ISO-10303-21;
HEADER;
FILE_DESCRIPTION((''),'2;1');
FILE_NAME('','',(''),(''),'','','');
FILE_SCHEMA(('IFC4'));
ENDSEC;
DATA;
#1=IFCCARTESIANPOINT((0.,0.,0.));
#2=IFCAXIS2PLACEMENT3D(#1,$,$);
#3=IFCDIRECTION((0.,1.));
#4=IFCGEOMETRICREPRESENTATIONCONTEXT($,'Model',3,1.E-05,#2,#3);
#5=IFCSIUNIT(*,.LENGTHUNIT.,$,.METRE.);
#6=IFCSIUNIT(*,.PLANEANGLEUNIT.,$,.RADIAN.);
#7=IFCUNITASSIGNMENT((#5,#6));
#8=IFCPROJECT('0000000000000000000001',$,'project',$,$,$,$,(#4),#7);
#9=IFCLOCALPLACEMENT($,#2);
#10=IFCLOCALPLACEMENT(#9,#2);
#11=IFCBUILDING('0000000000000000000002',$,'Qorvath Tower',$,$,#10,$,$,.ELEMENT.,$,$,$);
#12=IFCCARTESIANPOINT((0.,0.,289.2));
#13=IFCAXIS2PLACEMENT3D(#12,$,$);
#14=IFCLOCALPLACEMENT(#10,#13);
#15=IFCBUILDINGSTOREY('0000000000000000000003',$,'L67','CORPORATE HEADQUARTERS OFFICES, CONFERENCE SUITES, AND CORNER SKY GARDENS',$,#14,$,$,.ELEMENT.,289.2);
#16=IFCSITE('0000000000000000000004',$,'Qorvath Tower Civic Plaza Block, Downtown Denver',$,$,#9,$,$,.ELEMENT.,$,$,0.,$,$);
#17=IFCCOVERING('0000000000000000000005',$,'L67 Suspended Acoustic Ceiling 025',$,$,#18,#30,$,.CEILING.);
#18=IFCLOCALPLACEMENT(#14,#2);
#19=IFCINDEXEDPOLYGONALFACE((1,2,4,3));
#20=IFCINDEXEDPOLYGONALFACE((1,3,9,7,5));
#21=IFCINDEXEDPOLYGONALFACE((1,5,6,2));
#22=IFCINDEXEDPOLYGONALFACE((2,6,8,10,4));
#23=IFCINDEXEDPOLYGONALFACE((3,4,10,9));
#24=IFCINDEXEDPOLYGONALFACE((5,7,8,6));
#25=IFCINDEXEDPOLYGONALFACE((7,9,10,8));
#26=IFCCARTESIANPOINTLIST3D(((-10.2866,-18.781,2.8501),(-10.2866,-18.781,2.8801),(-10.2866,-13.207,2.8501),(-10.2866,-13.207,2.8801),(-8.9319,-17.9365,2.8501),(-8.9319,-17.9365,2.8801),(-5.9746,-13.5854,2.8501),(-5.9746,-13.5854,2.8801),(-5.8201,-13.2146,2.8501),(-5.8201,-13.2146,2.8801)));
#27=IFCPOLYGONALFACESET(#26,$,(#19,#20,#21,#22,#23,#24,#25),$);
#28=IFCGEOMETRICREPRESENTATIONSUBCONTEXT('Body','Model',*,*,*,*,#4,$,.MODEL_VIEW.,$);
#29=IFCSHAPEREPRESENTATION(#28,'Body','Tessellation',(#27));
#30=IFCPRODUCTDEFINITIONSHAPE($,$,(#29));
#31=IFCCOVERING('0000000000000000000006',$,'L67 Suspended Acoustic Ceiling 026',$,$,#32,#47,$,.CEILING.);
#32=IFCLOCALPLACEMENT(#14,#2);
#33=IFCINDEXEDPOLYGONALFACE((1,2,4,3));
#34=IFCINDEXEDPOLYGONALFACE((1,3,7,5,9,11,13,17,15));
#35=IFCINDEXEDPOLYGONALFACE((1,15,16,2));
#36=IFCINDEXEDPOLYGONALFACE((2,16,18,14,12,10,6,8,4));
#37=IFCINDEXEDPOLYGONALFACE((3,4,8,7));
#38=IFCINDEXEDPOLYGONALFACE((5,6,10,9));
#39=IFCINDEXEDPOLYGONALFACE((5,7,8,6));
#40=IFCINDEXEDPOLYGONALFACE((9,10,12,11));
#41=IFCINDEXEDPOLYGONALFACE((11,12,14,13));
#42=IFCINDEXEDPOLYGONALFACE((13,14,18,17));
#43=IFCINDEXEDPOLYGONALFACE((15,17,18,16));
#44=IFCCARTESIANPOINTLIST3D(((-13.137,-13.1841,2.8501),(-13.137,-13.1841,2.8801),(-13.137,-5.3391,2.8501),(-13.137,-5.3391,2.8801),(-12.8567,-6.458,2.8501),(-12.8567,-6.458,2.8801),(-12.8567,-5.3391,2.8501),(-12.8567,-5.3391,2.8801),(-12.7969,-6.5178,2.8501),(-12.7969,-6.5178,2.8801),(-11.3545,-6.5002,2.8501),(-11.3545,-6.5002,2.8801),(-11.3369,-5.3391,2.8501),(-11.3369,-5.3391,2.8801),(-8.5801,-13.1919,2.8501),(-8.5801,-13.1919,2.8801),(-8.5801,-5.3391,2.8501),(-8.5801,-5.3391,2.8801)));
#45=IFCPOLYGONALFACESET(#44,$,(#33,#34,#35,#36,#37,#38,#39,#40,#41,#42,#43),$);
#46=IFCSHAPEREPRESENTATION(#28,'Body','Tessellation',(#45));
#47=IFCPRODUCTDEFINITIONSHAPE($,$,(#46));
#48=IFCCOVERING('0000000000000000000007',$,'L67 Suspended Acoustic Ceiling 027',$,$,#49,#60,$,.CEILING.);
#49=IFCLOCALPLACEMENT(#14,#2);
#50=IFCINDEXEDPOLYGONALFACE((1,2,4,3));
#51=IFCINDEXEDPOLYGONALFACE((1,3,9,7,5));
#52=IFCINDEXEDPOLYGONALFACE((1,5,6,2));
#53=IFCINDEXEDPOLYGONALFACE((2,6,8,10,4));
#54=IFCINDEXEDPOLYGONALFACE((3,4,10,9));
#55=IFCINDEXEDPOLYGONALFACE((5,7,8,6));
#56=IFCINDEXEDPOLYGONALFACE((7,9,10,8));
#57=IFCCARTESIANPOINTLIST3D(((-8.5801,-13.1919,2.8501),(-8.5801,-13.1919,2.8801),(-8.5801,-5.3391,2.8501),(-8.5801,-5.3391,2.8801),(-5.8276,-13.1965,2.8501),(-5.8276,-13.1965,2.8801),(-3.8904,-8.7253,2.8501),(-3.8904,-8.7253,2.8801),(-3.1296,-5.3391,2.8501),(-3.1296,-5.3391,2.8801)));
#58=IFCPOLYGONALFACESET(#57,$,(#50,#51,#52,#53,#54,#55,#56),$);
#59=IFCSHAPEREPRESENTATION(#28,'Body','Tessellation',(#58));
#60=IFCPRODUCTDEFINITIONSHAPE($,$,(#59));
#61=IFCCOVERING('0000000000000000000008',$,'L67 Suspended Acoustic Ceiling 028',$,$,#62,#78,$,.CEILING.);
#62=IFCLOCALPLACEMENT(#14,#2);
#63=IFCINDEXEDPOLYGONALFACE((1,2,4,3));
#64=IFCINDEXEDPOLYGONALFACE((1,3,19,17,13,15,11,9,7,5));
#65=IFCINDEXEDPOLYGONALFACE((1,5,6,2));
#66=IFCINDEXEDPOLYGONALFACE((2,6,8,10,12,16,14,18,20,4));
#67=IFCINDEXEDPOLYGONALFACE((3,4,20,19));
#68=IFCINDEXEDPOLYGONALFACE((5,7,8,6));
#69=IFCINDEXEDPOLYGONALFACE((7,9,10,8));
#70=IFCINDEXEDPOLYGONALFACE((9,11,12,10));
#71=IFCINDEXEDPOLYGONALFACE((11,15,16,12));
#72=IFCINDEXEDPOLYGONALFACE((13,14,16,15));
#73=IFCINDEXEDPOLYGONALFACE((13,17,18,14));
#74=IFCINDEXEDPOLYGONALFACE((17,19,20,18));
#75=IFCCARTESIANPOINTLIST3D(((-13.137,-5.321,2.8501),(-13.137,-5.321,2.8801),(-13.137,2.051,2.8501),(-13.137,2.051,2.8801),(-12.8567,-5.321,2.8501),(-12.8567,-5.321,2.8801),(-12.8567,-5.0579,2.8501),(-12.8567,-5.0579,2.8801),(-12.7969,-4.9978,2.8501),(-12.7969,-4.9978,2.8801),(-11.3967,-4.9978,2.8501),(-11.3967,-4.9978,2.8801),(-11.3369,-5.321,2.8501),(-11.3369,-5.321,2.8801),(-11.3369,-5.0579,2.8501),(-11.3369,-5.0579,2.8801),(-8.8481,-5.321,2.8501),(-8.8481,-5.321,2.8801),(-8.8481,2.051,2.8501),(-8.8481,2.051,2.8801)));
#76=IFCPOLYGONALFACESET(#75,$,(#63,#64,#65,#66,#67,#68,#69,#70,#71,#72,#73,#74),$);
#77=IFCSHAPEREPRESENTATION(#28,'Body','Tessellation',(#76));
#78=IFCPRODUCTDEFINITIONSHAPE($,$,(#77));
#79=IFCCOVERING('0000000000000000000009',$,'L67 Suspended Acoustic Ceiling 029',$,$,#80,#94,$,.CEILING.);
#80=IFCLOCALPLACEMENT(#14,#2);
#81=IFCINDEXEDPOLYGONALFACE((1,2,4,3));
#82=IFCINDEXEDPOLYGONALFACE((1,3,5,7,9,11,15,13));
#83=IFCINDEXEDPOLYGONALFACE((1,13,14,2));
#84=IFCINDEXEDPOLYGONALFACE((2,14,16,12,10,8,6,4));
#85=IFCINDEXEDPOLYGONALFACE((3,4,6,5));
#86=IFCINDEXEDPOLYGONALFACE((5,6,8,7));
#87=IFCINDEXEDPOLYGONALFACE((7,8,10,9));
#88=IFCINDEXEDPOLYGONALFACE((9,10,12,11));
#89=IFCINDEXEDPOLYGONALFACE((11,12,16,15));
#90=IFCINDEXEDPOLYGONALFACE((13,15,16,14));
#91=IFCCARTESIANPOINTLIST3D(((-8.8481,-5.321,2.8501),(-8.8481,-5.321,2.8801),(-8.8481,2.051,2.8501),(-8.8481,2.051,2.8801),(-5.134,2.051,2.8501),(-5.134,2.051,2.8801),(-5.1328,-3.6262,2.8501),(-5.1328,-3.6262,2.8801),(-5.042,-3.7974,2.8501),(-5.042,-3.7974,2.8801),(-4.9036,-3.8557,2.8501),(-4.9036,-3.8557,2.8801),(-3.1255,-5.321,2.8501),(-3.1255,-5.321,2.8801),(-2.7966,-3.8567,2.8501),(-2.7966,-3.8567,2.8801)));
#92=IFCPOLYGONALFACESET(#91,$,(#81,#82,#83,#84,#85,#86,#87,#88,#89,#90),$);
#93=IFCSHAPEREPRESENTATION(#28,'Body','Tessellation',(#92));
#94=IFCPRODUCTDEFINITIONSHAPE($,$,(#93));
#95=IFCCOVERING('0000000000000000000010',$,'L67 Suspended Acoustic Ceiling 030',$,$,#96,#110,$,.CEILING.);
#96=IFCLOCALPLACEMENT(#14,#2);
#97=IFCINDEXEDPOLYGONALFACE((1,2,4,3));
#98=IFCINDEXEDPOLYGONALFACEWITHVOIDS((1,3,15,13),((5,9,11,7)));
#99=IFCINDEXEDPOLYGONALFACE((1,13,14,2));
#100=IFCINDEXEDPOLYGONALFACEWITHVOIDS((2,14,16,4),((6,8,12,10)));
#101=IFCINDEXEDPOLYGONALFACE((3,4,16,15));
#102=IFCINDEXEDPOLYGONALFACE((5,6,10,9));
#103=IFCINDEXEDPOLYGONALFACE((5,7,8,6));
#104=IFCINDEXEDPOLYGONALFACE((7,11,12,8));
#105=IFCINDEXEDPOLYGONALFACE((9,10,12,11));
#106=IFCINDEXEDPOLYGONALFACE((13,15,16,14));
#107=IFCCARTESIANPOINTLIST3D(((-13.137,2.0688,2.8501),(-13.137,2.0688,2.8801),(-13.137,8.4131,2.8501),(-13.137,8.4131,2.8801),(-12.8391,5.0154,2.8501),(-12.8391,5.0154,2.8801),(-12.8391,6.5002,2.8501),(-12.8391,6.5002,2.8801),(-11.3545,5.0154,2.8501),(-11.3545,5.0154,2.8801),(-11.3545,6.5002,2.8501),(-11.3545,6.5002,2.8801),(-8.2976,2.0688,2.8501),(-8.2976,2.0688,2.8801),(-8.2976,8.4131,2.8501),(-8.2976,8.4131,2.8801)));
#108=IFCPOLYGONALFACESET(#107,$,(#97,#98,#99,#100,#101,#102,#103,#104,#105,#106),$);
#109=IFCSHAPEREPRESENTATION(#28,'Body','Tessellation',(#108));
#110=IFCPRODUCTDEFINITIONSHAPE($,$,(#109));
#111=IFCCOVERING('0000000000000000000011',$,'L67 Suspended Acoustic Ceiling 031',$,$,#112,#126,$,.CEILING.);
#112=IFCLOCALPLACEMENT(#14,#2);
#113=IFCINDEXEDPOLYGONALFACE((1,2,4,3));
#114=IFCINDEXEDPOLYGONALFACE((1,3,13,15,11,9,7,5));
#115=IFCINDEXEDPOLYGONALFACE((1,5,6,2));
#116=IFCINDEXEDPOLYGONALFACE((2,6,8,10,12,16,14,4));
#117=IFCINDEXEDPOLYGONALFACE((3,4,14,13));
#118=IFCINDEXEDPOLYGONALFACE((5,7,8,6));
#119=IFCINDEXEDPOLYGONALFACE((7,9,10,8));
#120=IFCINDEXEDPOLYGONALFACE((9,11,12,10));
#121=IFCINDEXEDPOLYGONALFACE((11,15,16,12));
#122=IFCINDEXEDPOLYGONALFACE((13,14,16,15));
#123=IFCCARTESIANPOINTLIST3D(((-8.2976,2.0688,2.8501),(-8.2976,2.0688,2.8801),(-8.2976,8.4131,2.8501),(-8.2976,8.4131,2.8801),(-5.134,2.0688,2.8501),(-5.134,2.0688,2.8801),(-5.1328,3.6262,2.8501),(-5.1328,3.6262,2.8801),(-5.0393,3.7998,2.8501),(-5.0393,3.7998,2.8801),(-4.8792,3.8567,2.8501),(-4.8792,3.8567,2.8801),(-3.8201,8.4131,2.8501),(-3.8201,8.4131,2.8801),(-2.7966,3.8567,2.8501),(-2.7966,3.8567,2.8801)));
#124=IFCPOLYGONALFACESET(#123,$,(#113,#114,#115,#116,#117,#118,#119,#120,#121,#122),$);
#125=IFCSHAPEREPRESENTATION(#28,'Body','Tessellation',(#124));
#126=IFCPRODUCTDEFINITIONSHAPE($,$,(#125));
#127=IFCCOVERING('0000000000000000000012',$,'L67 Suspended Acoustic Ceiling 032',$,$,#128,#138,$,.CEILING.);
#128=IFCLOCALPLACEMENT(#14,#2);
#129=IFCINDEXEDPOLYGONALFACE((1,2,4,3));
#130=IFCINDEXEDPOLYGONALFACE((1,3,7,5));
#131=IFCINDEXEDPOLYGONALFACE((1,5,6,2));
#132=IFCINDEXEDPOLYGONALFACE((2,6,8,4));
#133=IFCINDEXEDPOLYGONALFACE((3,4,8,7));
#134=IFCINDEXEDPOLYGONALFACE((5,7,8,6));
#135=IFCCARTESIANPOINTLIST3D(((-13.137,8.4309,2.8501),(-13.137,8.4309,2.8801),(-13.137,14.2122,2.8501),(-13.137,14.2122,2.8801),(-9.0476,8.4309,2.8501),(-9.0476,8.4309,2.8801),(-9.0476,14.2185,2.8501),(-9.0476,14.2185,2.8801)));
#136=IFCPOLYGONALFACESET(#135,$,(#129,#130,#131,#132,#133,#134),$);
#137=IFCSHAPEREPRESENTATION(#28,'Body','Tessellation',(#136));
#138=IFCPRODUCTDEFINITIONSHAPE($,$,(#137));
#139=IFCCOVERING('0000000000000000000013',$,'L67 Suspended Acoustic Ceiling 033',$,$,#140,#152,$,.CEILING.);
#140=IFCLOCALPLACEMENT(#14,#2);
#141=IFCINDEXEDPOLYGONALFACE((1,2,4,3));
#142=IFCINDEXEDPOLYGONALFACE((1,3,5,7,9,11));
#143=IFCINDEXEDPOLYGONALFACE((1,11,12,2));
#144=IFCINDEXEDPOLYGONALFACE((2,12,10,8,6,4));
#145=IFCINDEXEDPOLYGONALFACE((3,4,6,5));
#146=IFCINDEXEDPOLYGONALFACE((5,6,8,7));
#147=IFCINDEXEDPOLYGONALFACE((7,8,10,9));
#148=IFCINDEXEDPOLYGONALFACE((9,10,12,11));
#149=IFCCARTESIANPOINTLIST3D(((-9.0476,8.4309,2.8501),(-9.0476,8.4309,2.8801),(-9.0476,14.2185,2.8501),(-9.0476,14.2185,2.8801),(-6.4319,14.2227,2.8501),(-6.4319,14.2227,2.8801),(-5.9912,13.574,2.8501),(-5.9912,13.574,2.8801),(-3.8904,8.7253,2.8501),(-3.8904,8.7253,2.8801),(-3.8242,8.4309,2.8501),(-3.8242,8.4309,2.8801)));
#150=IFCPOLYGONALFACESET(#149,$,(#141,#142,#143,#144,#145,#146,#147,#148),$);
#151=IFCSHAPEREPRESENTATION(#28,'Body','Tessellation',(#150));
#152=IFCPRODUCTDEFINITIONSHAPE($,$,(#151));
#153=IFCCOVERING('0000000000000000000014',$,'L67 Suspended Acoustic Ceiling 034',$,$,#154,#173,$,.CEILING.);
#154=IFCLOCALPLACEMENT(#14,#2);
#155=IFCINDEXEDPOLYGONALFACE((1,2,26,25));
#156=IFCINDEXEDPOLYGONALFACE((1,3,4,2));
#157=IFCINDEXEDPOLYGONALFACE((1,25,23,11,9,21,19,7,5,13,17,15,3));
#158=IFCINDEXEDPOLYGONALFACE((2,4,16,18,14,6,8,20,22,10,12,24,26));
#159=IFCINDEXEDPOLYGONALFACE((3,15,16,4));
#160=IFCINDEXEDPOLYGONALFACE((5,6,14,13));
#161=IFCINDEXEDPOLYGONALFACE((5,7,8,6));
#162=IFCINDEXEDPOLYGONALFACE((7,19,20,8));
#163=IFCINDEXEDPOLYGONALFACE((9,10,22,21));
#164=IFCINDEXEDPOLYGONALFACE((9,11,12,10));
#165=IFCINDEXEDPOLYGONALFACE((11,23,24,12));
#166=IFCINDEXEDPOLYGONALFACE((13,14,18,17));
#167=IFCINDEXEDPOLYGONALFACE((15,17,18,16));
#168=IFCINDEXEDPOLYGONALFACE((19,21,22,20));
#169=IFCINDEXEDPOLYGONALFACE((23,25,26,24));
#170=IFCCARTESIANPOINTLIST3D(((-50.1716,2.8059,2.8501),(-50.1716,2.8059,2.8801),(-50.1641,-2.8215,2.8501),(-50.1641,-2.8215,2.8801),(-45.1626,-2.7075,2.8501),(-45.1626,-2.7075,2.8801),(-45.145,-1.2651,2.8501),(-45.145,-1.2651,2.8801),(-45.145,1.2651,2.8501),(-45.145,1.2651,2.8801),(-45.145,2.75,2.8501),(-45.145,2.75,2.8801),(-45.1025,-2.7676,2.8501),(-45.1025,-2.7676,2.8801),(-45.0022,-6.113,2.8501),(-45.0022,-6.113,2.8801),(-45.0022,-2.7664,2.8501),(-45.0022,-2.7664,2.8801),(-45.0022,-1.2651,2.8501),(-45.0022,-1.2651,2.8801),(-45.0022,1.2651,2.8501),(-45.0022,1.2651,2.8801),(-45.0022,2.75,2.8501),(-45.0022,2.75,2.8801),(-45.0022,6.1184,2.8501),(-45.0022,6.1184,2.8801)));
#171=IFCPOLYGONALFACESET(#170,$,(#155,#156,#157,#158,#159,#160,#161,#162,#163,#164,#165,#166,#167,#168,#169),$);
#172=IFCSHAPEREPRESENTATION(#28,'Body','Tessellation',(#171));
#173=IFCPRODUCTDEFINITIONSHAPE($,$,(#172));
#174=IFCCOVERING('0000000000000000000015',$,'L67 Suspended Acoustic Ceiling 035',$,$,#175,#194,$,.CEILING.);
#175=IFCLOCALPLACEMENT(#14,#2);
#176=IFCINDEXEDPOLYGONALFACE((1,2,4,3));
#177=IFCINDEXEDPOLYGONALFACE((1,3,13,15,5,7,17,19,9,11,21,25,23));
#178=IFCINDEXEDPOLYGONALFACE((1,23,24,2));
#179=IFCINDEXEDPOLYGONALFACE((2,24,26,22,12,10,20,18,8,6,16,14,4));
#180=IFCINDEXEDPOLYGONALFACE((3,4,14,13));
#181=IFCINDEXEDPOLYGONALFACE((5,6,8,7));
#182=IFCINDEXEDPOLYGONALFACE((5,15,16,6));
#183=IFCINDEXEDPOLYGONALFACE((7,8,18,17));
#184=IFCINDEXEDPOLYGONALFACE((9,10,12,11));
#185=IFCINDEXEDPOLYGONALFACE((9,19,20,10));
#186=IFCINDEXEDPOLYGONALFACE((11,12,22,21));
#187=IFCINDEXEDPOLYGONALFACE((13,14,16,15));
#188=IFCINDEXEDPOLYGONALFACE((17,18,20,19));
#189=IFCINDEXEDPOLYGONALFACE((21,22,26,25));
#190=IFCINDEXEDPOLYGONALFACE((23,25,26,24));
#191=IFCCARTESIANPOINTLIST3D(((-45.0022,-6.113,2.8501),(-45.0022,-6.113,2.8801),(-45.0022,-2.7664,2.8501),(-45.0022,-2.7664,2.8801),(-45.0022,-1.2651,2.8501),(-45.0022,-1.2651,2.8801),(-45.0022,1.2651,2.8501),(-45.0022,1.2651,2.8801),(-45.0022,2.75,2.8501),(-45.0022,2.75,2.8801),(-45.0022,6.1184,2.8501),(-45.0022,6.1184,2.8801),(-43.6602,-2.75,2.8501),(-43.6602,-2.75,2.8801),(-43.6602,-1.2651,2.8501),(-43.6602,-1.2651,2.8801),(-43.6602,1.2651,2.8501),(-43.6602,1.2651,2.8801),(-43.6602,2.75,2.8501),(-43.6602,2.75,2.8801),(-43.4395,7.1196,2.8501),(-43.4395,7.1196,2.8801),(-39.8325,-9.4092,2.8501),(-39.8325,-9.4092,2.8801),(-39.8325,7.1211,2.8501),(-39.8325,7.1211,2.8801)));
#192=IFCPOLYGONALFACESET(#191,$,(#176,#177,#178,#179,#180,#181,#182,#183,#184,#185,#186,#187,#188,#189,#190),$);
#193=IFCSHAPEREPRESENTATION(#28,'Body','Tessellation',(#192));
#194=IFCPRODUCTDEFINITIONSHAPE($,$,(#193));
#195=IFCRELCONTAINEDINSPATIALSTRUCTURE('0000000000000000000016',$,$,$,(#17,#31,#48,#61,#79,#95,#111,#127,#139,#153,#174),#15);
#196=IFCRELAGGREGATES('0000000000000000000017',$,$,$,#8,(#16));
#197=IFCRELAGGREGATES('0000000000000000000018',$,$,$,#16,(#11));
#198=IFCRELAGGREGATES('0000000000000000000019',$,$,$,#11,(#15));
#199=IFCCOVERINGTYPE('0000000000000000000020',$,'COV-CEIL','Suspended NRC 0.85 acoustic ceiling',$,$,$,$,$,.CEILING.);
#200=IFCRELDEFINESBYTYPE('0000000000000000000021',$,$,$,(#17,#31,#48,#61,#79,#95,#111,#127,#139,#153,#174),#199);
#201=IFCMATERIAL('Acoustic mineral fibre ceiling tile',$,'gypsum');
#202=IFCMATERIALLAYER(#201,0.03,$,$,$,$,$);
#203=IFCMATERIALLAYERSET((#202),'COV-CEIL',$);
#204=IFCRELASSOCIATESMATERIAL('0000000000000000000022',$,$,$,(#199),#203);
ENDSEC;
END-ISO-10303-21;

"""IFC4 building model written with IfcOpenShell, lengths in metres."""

from ifc_helpers import new_model, si_unit, direction, frame, origin, place, context, subcontext, project, spatial, polyline, outline, extrude, material, layer, layer_set, type_object, element, save


model = new_model("IFC4")

# Units and contexts
model_context = context("Model", 3, precision=1e-05, world=origin(), true_north=direction((0.0, 1.0)))
body_context = subcontext(model_context, "Body", "Model", "MODEL_VIEW")
ifc_project = project(units=[si_unit("LENGTHUNIT", "METRE"), si_unit("PLANEANGLEUNIT", "RADIAN")], contexts=[model_context])

# Site, building, storey
site_placement = place(None, origin())
site = spatial("IfcSite", under=ifc_project, at=site_placement, Name="Qorvath Tower Civic Plaza Block, Downtown Denver", CompositionType="ELEMENT", RefElevation=0.0)
building_placement = place(site_placement, origin())
building = spatial("IfcBuilding", under=site, at=building_placement, Name="Qorvath Tower", CompositionType="ELEMENT")
storey_placement = place(building_placement, frame((0.0, 0.0, 289.2)))
storey = spatial("IfcBuildingStorey", under=building, at=storey_placement, Name="L67", Description="CORPORATE HEADQUARTERS OFFICES, CONFERENCE SUITES, AND CORNER SKY GARDENS", CompositionType="ELEMENT", Elevation=289.2)

# Coverings
ifc_material_1 = material(Name="Acoustic mineral fibre ceiling tile", Category="gypsum")
ifc_layer_1 = layer(ifc_material_1, 0.03)
ifc_layer_set_1 = layer_set([ifc_layer_1], Name="COV-CEIL")
covering_type_1 = type_object("IfcCoveringType", Name="COV-CEIL", Description="Suspended NRC 0.85 acoustic ceiling", PredefinedType="CEILING", material=ifc_layer_set_1)
covering_1_placement = place(storey_placement, frame((0.0, 0.0, 2.8501)))
element("IfcCovering", 1, at=covering_1_placement, inside=storey, type_object=covering_type_1, Name="L67 Suspended Acoustic Ceiling 025", PredefinedType="CEILING", context=body_context, shape_type="SweptSolid", body=[
    extrude(outline(polyline([(-10.2866, -13.207), (-10.2866, -18.781), (-8.9319, -17.9365), (-5.9746, -13.5854), (-5.8201, -13.2146), (-10.2866, -13.207)])), origin(), (0.0, 0.0, 1.0), 0.03),
])
covering_2_placement = place(storey_placement, frame((0.0, 0.0, 2.8501)))
element("IfcCovering", 2, at=covering_2_placement, inside=storey, type_object=covering_type_1, Name="L67 Suspended Acoustic Ceiling 026", PredefinedType="CEILING", context=body_context, shape_type="SweptSolid", body=[
    extrude(outline(polyline([(-13.137, -5.3391), (-13.137, -13.1841), (-8.5801, -13.1919), (-8.5801, -5.3391), (-11.3369, -5.3391), (-11.3545, -6.5002), (-12.7969, -6.5178), (-12.8567, -6.458), (-12.8567, -5.3391), (-13.137, -5.3391)])), origin(), (0.0, 0.0, 1.0), 0.03),
])
covering_3_placement = place(storey_placement, frame((0.0, 0.0, 2.8501)))
element("IfcCovering", 3, at=covering_3_placement, inside=storey, type_object=covering_type_1, Name="L67 Suspended Acoustic Ceiling 027", PredefinedType="CEILING", context=body_context, shape_type="SweptSolid", body=[
    extrude(outline(polyline([(-8.5801, -5.3391), (-8.5801, -13.1919), (-5.8276, -13.1965), (-3.8904, -8.7253), (-3.1296, -5.3391), (-8.5801, -5.3391)])), origin(), (0.0, 0.0, 1.0), 0.03),
])
covering_4_placement = place(storey_placement, frame((0.0, 0.0, 2.8501)))
element("IfcCovering", 4, at=covering_4_placement, inside=storey, type_object=covering_type_1, Name="L67 Suspended Acoustic Ceiling 028", PredefinedType="CEILING", context=body_context, shape_type="SweptSolid", body=[
    extrude(outline(polyline([(-8.8481, -5.321), (-8.8481, 2.051), (-13.137, 2.051), (-13.137, -5.321), (-12.8567, -5.321), (-12.8567, -5.0579), (-12.7969, -4.9978), (-11.3967, -4.9978), (-11.3369, -5.0579), (-11.3369, -5.321), (-8.8481, -5.321)])), origin(), (0.0, 0.0, 1.0), 0.03),
])
covering_5_placement = place(storey_placement, frame((0.0, 0.0, 2.8501)))
element("IfcCovering", 5, at=covering_5_placement, inside=storey, type_object=covering_type_1, Name="L67 Suspended Acoustic Ceiling 029", PredefinedType="CEILING", context=body_context, shape_type="SweptSolid", body=[
    extrude(outline(polyline([(-5.042, -3.7974), (-5.1328, -3.6262), (-5.134, 2.051), (-8.8481, 2.051), (-8.8481, -5.321), (-3.1255, -5.321), (-2.7966, -3.8567), (-4.9036, -3.8557), (-5.042, -3.7974)])), origin(), (0.0, 0.0, 1.0), 0.03),
])
covering_6_placement = place(storey_placement, frame((0.0, 0.0, 2.8501)))
element("IfcCovering", 6, at=covering_6_placement, inside=storey, type_object=covering_type_1, Name="L67 Suspended Acoustic Ceiling 030", PredefinedType="CEILING", context=body_context, shape_type="SweptSolid", body=[
    extrude(outline(polyline([(-8.2976, 2.0688), (-8.2976, 8.4131), (-13.137, 8.4131), (-13.137, 2.0688), (-8.2976, 2.0688)]), holes=[polyline([(-12.8391, 5.0154), (-12.8391, 6.5002), (-11.3545, 6.5002), (-11.3545, 5.0154), (-12.8391, 5.0154)])]), origin(), (0.0, 0.0, 1.0), 0.03),
])
covering_7_placement = place(storey_placement, frame((0.0, 0.0, 2.8501)))
element("IfcCovering", 7, at=covering_7_placement, inside=storey, type_object=covering_type_1, Name="L67 Suspended Acoustic Ceiling 031", PredefinedType="CEILING", context=body_context, shape_type="SweptSolid", body=[
    extrude(outline(polyline([(-5.0393, 3.7998), (-4.8792, 3.8567), (-2.7966, 3.8567), (-3.8201, 8.4131), (-8.2976, 8.4131), (-8.2976, 2.0688), (-5.134, 2.0688), (-5.1328, 3.6262), (-5.0393, 3.7998)])), origin(), (0.0, 0.0, 1.0), 0.03),
])
covering_8_placement = place(storey_placement, frame((0.0, 0.0, 2.8501)))
element("IfcCovering", 8, at=covering_8_placement, inside=storey, type_object=covering_type_1, Name="L67 Suspended Acoustic Ceiling 032", PredefinedType="CEILING", context=body_context, shape_type="SweptSolid", body=[
    extrude(outline(polyline([(-13.137, 8.4309), (-9.0476, 8.4309), (-9.0476, 14.2185), (-13.137, 14.2122), (-13.137, 8.4309)])), origin(), (0.0, 0.0, 1.0), 0.03),
])
covering_9_placement = place(storey_placement, frame((0.0, 0.0, 2.8501)))
element("IfcCovering", 9, at=covering_9_placement, inside=storey, type_object=covering_type_1, Name="L67 Suspended Acoustic Ceiling 033", PredefinedType="CEILING", context=body_context, shape_type="SweptSolid", body=[
    extrude(outline(polyline([(-9.0476, 14.2185), (-9.0476, 8.4309), (-3.8242, 8.4309), (-3.8904, 8.7253), (-5.9912, 13.574), (-6.4319, 14.2227), (-9.0476, 14.2185)])), origin(), (0.0, 0.0, 1.0), 0.03),
])
covering_10_placement = place(storey_placement, frame((0.0, 0.0, 2.8501)))
element("IfcCovering", 10, at=covering_10_placement, inside=storey, type_object=covering_type_1, Name="L67 Suspended Acoustic Ceiling 034", PredefinedType="CEILING", context=body_context, shape_type="SweptSolid", body=[
    extrude(outline(polyline([(-50.1716, 2.8059), (-50.1641, -2.8215), (-45.0022, -6.113), (-45.0022, -2.7664), (-45.1025, -2.7676), (-45.1626, -2.7075), (-45.145, -1.2651), (-45.0022, -1.2651), (-45.0022, 1.2651), (-45.145, 1.2651), (-45.145, 2.75), (-45.0022, 2.75), (-45.0022, 6.1184), (-50.1716, 2.8059)])), origin(), (0.0, 0.0, 1.0), 0.03),
])
covering_11_placement = place(storey_placement, frame((0.0, 0.0, 2.8501)))
element("IfcCovering", 11, at=covering_11_placement, inside=storey, type_object=covering_type_1, Name="L67 Suspended Acoustic Ceiling 035", PredefinedType="CEILING", context=body_context, shape_type="SweptSolid", body=[
    extrude(outline(polyline([(-45.0022, 6.1184), (-45.0022, 2.75), (-43.6602, 2.75), (-43.6602, 1.2651), (-45.0022, 1.2651), (-45.0022, -1.2651), (-43.6602, -1.2651), (-43.6602, -2.75), (-45.0022, -2.7664), (-45.0022, -6.113), (-39.8325, -9.4092), (-39.8325, 7.1211), (-43.4395, 7.1196), (-45.0022, 6.1184)])), origin(), (0.0, 0.0, 1.0), 0.03),
])

save(model, "model.ifc")
